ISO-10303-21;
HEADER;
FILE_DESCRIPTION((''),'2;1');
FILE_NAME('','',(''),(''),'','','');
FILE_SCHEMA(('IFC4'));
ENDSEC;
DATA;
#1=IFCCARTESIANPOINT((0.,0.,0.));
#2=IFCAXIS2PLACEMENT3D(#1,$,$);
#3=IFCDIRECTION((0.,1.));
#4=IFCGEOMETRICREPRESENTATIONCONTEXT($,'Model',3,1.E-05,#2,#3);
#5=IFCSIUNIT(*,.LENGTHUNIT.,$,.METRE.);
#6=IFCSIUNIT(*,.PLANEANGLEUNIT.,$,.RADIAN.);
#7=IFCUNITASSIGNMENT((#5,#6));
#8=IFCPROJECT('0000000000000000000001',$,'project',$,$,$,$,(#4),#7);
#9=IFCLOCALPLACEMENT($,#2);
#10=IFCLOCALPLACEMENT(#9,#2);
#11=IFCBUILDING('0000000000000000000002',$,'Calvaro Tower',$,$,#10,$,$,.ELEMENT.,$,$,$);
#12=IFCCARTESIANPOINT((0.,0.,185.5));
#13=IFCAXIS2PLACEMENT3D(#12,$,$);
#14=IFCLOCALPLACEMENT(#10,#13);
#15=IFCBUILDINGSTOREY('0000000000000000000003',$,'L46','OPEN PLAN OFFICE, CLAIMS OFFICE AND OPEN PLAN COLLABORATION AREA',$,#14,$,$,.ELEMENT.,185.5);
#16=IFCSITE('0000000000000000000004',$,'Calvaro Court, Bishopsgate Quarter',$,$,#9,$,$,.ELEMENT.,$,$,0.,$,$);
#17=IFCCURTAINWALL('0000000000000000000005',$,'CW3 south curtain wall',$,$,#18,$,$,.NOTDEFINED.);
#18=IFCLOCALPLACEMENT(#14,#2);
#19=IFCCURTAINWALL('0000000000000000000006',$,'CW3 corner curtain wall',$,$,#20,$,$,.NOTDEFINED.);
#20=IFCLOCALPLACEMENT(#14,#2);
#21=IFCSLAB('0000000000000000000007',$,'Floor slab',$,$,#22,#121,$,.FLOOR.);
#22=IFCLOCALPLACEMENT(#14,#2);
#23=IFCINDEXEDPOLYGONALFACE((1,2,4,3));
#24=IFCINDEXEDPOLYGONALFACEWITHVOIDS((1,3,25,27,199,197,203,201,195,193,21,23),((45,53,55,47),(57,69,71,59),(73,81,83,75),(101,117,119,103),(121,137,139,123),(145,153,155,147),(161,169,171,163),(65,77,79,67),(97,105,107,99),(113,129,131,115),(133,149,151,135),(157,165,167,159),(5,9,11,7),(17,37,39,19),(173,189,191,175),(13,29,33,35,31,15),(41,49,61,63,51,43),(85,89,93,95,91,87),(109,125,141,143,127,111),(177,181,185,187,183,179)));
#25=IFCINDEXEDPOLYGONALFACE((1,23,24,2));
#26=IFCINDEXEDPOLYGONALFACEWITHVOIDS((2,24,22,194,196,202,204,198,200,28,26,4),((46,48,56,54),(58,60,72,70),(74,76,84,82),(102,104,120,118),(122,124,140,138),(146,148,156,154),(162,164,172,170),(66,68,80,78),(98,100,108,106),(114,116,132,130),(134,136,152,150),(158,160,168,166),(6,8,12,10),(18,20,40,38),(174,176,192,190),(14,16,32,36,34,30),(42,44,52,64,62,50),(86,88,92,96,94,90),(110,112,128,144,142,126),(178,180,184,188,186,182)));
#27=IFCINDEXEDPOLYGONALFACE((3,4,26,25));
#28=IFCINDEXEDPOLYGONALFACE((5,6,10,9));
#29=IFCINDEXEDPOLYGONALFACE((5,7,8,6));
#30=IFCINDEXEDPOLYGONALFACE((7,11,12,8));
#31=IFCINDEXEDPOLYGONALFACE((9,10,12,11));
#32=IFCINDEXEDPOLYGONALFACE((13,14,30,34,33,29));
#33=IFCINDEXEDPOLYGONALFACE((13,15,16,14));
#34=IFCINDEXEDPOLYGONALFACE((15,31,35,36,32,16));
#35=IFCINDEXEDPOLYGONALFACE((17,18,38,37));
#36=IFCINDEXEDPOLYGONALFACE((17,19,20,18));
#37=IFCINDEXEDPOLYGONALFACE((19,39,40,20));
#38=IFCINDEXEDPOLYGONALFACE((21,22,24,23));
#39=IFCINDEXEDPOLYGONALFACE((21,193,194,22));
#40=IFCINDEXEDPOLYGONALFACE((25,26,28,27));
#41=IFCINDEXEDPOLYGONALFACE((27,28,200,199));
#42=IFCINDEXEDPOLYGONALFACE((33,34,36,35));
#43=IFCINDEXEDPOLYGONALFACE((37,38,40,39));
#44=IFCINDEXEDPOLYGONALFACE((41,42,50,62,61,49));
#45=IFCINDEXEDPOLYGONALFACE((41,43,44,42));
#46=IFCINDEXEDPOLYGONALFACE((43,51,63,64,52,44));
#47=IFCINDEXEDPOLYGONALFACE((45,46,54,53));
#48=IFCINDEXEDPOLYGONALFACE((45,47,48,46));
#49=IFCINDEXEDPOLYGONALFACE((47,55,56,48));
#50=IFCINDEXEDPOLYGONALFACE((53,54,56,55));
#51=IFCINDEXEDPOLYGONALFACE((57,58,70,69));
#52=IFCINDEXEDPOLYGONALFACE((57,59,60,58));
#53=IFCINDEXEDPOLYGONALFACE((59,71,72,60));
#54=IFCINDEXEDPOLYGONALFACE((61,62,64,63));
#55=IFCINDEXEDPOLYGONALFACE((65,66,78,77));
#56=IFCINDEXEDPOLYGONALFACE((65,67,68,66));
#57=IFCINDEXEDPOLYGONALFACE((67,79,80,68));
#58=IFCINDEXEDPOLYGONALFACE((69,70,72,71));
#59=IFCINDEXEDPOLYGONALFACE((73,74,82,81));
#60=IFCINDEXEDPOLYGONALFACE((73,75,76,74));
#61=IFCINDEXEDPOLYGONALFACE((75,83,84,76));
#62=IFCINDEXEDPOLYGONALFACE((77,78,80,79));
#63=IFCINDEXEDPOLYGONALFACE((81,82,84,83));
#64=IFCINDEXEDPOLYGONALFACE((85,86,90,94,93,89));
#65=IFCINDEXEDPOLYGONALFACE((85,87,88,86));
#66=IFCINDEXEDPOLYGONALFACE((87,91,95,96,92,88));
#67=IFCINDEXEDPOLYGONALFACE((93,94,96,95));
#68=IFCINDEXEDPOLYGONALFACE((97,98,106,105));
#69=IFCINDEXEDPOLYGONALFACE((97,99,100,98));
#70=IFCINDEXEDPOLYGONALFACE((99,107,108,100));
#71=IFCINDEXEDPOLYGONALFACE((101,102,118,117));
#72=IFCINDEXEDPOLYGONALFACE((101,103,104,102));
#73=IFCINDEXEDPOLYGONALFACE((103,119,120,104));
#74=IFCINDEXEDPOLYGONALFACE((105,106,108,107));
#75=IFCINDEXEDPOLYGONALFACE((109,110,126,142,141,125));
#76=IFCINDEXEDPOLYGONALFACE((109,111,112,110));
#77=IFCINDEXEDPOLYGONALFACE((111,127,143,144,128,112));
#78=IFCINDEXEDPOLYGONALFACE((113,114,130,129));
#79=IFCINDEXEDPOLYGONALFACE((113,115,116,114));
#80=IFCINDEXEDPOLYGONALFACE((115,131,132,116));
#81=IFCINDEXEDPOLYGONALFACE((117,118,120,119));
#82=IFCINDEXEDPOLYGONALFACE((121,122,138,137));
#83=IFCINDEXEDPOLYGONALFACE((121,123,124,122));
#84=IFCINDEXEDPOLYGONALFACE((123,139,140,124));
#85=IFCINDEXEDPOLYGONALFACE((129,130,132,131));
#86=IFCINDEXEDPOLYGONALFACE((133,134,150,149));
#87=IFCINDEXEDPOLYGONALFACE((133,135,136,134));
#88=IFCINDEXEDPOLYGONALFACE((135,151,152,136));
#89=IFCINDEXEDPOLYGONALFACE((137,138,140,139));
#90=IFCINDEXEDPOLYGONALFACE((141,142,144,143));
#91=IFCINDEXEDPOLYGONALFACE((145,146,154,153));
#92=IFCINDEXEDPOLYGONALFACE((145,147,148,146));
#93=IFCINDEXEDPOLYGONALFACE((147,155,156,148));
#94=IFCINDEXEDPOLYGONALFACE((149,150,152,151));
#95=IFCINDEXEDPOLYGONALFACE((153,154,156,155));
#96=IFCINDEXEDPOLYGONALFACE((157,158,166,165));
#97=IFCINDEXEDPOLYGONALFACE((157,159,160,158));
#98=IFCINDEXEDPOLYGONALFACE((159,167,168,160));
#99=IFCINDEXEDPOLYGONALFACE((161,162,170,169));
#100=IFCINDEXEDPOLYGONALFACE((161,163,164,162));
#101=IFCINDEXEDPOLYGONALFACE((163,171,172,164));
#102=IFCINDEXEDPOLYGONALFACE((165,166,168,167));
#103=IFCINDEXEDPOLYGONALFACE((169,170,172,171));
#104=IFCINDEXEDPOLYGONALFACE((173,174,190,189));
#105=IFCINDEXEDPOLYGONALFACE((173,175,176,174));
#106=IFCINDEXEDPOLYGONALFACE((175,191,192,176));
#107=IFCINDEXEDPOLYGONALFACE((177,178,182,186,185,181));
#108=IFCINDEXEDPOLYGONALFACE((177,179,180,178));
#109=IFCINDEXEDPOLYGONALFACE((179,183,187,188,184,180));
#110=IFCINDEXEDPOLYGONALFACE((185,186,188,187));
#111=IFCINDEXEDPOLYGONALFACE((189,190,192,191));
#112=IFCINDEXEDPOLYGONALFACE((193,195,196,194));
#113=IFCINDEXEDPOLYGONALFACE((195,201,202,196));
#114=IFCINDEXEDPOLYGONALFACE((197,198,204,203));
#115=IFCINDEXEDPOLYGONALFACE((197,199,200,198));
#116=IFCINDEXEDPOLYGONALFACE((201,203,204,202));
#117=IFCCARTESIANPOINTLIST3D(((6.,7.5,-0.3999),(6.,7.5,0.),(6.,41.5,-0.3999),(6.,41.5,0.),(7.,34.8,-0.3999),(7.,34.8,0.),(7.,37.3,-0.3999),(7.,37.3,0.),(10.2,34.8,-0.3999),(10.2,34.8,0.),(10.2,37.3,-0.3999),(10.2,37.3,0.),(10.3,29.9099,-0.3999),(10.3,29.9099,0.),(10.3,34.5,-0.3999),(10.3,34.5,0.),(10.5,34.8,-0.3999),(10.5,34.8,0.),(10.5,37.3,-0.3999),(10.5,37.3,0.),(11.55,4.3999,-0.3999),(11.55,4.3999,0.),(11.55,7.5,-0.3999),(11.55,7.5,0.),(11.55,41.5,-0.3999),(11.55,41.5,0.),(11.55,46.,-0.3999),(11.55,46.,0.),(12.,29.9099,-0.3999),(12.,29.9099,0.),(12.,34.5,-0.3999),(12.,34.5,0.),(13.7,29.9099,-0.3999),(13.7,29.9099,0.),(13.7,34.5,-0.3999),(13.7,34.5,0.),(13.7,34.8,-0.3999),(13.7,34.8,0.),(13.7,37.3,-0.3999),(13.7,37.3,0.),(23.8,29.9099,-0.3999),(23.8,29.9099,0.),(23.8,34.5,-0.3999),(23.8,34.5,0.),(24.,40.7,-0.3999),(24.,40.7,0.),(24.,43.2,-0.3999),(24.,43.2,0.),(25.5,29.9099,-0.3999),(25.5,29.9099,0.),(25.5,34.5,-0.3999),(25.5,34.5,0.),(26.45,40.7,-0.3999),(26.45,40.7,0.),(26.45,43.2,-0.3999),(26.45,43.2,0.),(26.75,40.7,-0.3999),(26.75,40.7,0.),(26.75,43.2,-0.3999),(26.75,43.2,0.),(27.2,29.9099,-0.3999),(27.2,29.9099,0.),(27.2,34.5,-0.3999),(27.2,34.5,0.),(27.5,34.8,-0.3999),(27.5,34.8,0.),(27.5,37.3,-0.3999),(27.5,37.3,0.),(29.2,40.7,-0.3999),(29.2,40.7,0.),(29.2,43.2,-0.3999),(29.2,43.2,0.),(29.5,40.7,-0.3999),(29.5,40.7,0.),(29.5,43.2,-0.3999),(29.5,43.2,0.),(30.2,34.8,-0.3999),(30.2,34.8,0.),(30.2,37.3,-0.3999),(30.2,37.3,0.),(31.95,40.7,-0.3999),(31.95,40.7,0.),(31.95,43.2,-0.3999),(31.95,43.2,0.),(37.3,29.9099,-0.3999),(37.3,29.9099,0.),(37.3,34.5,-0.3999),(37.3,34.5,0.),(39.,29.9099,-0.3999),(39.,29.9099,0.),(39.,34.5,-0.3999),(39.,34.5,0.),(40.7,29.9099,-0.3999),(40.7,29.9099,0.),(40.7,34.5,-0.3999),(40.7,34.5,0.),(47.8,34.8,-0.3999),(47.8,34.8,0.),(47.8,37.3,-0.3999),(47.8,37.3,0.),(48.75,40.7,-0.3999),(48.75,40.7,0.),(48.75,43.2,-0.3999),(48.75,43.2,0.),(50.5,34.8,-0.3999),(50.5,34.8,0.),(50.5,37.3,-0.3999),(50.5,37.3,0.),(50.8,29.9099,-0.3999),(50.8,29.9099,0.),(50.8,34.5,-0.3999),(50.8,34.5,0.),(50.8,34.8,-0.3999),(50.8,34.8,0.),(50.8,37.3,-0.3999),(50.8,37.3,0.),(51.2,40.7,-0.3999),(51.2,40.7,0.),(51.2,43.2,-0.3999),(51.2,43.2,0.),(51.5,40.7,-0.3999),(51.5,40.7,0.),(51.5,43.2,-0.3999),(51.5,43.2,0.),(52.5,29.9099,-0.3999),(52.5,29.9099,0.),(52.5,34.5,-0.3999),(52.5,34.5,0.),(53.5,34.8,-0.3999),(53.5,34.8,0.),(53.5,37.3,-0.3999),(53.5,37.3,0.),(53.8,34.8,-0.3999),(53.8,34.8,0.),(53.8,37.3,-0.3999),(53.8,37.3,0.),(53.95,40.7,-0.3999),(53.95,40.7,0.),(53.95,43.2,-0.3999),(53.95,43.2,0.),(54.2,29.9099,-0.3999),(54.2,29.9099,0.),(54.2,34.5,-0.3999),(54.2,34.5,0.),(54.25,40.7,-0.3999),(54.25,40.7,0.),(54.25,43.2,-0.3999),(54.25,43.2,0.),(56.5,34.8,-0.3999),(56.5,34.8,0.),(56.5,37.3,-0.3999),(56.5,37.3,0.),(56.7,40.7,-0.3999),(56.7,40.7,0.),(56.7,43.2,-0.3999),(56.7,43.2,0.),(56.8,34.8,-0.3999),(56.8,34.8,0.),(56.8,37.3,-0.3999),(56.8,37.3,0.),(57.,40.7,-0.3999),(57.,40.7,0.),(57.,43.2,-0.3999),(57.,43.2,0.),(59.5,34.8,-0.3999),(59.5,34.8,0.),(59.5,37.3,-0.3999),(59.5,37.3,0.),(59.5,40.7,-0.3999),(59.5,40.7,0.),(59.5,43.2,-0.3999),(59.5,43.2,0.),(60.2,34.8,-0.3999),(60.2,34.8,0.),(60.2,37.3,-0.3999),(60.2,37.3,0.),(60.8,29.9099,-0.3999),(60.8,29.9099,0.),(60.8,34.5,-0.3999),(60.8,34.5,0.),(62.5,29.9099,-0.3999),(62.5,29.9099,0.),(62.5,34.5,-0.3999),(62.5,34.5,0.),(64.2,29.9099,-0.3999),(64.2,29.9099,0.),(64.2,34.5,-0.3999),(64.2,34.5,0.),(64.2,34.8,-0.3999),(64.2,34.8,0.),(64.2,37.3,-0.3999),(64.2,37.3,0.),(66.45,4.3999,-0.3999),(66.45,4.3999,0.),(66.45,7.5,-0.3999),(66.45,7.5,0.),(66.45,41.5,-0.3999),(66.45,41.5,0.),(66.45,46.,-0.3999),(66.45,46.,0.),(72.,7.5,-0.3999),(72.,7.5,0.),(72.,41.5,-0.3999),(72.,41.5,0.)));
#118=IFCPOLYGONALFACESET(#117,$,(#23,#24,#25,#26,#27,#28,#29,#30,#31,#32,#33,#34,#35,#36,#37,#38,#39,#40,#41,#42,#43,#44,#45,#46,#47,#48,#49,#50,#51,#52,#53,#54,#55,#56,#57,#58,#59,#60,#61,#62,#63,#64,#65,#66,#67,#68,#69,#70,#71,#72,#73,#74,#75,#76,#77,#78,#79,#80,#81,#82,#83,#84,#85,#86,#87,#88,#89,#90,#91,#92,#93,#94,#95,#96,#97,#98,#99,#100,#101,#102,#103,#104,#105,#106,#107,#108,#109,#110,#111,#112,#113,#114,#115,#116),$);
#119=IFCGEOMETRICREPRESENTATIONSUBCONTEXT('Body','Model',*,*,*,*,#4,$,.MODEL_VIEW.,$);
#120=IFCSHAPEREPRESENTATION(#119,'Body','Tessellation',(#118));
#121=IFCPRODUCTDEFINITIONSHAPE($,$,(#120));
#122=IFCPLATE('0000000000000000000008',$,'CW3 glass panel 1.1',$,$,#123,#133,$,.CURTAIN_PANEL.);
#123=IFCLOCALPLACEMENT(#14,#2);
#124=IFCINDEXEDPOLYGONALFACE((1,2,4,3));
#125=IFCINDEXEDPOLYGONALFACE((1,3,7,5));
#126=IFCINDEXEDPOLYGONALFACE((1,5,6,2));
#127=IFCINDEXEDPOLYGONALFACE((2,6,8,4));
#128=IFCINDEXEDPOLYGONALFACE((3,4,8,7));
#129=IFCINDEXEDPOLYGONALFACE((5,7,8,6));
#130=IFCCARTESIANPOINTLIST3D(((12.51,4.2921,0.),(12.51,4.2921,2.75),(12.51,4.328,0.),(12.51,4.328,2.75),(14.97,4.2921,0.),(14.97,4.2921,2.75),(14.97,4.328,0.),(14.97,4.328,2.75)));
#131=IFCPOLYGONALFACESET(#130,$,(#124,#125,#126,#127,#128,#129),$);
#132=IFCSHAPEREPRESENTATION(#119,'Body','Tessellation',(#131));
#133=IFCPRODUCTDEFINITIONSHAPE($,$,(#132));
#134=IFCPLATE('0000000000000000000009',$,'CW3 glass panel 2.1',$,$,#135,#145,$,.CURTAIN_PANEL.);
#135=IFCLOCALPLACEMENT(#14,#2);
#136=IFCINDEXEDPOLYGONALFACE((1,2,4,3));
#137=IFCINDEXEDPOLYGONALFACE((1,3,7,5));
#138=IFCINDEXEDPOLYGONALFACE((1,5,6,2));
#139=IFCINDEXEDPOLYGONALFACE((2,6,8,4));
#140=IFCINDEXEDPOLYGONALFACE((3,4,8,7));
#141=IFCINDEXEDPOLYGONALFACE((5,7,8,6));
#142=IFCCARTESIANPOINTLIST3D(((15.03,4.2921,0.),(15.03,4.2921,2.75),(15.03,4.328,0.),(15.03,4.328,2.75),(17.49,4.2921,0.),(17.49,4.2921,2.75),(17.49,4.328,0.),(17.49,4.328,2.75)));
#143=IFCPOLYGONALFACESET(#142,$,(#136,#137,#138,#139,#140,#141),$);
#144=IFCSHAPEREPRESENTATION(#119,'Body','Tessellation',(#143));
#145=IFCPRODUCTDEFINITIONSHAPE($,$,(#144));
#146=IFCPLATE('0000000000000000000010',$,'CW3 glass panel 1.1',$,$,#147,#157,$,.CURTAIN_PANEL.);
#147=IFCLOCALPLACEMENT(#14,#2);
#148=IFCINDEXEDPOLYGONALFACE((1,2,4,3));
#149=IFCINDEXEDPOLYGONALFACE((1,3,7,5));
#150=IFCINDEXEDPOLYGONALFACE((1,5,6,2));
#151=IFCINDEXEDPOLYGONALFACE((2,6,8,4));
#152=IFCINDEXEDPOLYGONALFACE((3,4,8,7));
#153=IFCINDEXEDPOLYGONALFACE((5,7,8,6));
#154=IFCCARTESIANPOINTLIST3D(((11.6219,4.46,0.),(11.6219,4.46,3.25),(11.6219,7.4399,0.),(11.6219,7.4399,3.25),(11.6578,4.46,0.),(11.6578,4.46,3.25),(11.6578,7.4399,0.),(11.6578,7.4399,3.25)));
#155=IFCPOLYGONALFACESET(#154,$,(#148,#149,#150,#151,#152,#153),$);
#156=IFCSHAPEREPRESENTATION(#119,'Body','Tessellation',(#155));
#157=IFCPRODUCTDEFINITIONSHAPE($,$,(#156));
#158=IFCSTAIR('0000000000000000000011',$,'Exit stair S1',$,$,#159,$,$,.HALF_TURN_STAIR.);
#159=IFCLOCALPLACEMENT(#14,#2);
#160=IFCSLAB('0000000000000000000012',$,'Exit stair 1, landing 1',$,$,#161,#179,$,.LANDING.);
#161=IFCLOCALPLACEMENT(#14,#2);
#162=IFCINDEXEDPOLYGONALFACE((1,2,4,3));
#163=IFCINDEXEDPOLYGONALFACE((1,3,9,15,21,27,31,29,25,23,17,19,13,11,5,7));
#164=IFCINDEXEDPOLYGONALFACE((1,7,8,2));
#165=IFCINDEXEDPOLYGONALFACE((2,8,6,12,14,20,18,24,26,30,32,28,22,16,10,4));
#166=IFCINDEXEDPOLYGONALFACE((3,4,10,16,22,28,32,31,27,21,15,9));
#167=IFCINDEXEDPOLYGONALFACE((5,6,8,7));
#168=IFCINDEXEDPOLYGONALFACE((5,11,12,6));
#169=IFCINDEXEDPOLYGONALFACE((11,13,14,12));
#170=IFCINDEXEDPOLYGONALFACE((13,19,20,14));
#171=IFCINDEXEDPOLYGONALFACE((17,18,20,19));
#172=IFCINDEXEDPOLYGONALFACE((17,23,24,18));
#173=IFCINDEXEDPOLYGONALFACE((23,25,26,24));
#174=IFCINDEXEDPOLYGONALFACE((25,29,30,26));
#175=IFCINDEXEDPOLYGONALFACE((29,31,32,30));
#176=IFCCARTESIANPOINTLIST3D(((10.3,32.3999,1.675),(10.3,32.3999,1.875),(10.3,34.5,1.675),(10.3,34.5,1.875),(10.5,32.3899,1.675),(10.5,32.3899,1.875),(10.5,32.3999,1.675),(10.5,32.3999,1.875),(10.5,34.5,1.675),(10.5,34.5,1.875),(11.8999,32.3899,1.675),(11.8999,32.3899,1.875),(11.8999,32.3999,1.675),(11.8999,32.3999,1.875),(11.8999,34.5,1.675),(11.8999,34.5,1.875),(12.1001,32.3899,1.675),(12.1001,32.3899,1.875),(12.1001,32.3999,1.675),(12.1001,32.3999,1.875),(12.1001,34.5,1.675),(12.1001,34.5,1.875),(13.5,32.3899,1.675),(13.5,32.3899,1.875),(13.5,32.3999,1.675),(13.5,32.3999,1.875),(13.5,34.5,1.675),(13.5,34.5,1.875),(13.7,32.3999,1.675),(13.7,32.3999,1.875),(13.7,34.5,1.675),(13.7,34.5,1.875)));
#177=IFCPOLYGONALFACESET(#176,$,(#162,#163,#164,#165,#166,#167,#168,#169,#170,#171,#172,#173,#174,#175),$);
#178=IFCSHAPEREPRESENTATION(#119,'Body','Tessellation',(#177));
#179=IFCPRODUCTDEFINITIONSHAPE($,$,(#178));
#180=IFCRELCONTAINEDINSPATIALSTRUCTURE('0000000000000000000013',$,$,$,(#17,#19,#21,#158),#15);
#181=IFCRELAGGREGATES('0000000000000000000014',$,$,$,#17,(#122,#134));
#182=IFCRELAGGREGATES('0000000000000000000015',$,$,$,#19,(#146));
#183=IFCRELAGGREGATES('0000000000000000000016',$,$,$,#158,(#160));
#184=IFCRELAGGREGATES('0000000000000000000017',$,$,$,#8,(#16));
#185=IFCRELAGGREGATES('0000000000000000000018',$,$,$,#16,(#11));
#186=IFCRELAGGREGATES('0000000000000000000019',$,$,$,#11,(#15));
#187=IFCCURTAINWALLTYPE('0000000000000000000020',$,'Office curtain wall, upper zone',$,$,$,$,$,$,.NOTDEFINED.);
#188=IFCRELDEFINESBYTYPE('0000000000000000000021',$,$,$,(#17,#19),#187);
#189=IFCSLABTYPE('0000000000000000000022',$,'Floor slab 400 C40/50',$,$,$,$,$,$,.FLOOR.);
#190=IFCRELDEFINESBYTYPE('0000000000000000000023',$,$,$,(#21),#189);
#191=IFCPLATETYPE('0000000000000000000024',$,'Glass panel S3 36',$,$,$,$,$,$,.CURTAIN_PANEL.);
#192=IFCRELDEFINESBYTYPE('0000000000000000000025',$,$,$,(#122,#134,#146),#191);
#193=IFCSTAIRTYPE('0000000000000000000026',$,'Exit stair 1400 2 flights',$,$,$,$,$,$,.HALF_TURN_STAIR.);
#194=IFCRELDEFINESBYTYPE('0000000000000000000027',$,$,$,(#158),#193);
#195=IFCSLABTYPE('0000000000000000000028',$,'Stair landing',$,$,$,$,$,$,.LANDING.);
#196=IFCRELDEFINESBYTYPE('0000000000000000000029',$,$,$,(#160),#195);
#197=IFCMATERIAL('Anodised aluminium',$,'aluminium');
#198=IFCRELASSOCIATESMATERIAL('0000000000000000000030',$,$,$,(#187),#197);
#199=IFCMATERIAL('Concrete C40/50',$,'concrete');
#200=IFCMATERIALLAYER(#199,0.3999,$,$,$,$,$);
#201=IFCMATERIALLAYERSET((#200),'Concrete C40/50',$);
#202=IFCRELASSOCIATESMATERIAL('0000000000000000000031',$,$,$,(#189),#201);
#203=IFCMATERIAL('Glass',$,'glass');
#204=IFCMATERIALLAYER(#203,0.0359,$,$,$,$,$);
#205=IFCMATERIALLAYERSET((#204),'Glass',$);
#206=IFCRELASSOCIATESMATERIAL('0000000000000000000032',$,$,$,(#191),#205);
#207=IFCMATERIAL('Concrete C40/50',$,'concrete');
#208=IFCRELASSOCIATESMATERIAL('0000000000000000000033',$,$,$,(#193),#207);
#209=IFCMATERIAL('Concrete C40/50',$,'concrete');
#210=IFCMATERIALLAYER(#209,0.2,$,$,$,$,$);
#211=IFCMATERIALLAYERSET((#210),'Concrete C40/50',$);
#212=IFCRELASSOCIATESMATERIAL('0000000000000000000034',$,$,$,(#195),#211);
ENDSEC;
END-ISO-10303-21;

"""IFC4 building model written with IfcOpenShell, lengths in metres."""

from ifc_helpers import new_model, si_unit, direction, frame, origin, origin_2d, place, context, subcontext, project, spatial, polyline, rectangle, outline, extrude, material, layer, layer_set, type_object, element, aggregate, save


model = new_model("IFC4")

# Units and contexts
model_context = context("Model", 3, precision=1e-05, world=origin(), true_north=direction((0.0, 1.0)))
body_context = subcontext(model_context, "Body", "Model", "MODEL_VIEW")
ifc_project = project(units=[si_unit("LENGTHUNIT", "METRE"), si_unit("PLANEANGLEUNIT", "RADIAN")], contexts=[model_context])

# Site, building, storey
site_placement = place(None, origin())
site = spatial("IfcSite", under=ifc_project, at=site_placement, Name="Calvaro Court, Bishopsgate Quarter", CompositionType="ELEMENT", RefElevation=0.0)
building_placement = place(site_placement, origin())
building = spatial("IfcBuilding", under=site, at=building_placement, Name="Calvaro Tower", CompositionType="ELEMENT")
storey_placement = place(building_placement, frame((0.0, 0.0, 185.5)))
storey = spatial("IfcBuildingStorey", under=building, at=storey_placement, Name="L46", Description="OPEN PLAN OFFICE, CLAIMS OFFICE AND OPEN PLAN COLLABORATION AREA", CompositionType="ELEMENT", Elevation=185.5)

# Curtain walls
ifc_material_1 = material(Name="Anodised aluminium", Category="aluminium")
curtain_wall_type = type_object("IfcCurtainWallType", Name="Office curtain wall, upper zone", PredefinedType="NOTDEFINED", material=ifc_material_1)
curtain_wall_1_placement = place(storey_placement, origin())
curtain_wall_1 = element("IfcCurtainWall", 1, at=curtain_wall_1_placement, inside=storey, type_object=curtain_wall_type, Name="CW3 south curtain wall", PredefinedType="NOTDEFINED")
curtain_wall_2_placement = place(storey_placement, origin())
curtain_wall_2 = element("IfcCurtainWall", 2, at=curtain_wall_2_placement, inside=storey, type_object=curtain_wall_type, Name="CW3 corner curtain wall", PredefinedType="NOTDEFINED")

# Slab
ifc_material_2 = material(Name="Concrete C40/50", Category="concrete")
ifc_layer_1 = layer(ifc_material_2, 0.3999)
ifc_layer_set_1 = layer_set([ifc_layer_1], Name="Concrete C40/50")
slab_type_1 = type_object("IfcSlabType", Name="Floor slab 400 C40/50", PredefinedType="FLOOR", material=ifc_layer_set_1)
slab_1_placement = place(storey_placement, frame((0.0, 0.0, -0.3999)))
element("IfcSlab", 3, at=slab_1_placement, inside=storey, type_object=slab_type_1, Name="Floor slab", PredefinedType="FLOOR", context=body_context, shape_type="SweptSolid", body=[
    extrude(outline(polyline([(66.45, 7.5), (66.45, 4.3999), (11.55, 4.3999), (11.55, 7.5), (6.0, 7.5), (6.0, 41.5), (11.55, 41.5), (11.55, 46.0), (66.45, 46.0), (66.45, 41.5), (72.0, 41.5), (72.0, 7.5), (66.45, 7.5)]), holes=[polyline([(10.3, 29.9099), (10.3, 34.5), (12.0, 34.5), (13.7, 34.5), (13.7, 29.9099), (12.0, 29.9099), (10.3, 29.9099)]), polyline([(23.8, 29.9099), (23.8, 34.5), (25.5, 34.5), (27.2, 34.5), (27.2, 29.9099), (25.5, 29.9099), (23.8, 29.9099)]), polyline([(37.3, 29.9099), (37.3, 34.5), (39.0, 34.5), (40.7, 34.5), (40.7, 29.9099), (39.0, 29.9099), (37.3, 29.9099)]), polyline([(50.8, 29.9099), (50.8, 34.5), (52.5, 34.5), (54.2, 34.5), (54.2, 29.9099), (52.5, 29.9099), (50.8, 29.9099)]), polyline([(60.8, 29.9099), (60.8, 34.5), (62.5, 34.5), (64.2, 34.5), (64.2, 29.9099), (62.5, 29.9099), (60.8, 29.9099)]), polyline([(50.8, 34.8), (53.5, 34.8), (53.5, 37.3), (50.8, 37.3), (50.8, 34.8)]), polyline([(53.8, 34.8), (56.5, 34.8), (56.5, 37.3), (53.8, 37.3), (53.8, 34.8)]), polyline([(56.8, 34.8), (59.5, 34.8), (59.5, 37.3), (56.8, 37.3), (56.8, 34.8)]), polyline([(24.0, 40.7), (26.45, 40.7), (26.45, 43.2), (24.0, 43.2), (24.0, 40.7)]), polyline([(26.75, 40.7), (29.2, 40.7), (29.2, 43.2), (26.75, 43.2), (26.75, 40.7)]), polyline([(29.5, 40.7), (31.95, 40.7), (31.95, 43.2), (29.5, 43.2), (29.5, 40.7)]), polyline([(48.75, 40.7), (51.2, 40.7), (51.2, 43.2), (48.75, 43.2), (48.75, 40.7)]), polyline([(51.5, 40.7), (53.95, 40.7), (53.95, 43.2), (51.5, 43.2), (51.5, 40.7)]), polyline([(54.25, 40.7), (56.7, 40.7), (56.7, 43.2), (54.25, 43.2), (54.25, 40.7)]), polyline([(57.0, 40.7), (59.5, 40.7), (59.5, 43.2), (57.0, 43.2), (57.0, 40.7)]), polyline([(7.0, 34.8), (10.2, 34.8), (10.2, 37.3), (7.0, 37.3), (7.0, 34.8)]), polyline([(10.5, 34.8), (13.7, 34.8), (13.7, 37.3), (10.5, 37.3), (10.5, 34.8)]), polyline([(60.2, 34.8), (64.2, 34.8), (64.2, 37.3), (60.2, 37.3), (60.2, 34.8)]), polyline([(27.5, 34.8), (30.2, 34.8), (30.2, 37.3), (27.5, 37.3), (27.5, 34.8)]), polyline([(47.8, 34.8), (50.5, 34.8), (50.5, 37.3), (47.8, 37.3), (47.8, 34.8)])]), origin(), (0.0, 0.0, 1.0), 0.3999),
])

# Plates
ifc_material_3 = material(Name="Glass", Category="glass")
ifc_layer_2 = layer(ifc_material_3, 0.0359)
ifc_layer_set_2 = layer_set([ifc_layer_2], Name="Glass")
plate_type = type_object("IfcPlateType", Name="Glass panel S3 36", PredefinedType="CURTAIN_PANEL", material=ifc_layer_set_2)
plate_1_placement = place(storey_placement, frame((13.74, 4.3101, 0.0), z_axis=(0.0, 0.0, 1.0), x_axis=(1.0, 0.0, 0.0)))
plate_1 = element("IfcPlate", 4, at=plate_1_placement, type_object=plate_type, Name="CW3 glass panel 1.1", PredefinedType="CURTAIN_PANEL", context=body_context, shape_type="SweptSolid", body=[
    extrude(rectangle(XDim=2.46, YDim=0.0359, at=origin_2d()), origin(), (0.0, 0.0, 1.0), 2.75),
])
plate_2_placement = place(storey_placement, frame((16.26, 4.3101, 0.0), z_axis=(0.0, 0.0, 1.0), x_axis=(1.0, 0.0, 0.0)))
plate_2 = element("IfcPlate", 5, at=plate_2_placement, type_object=plate_type, Name="CW3 glass panel 2.1", PredefinedType="CURTAIN_PANEL", context=body_context, shape_type="SweptSolid", body=[
    extrude(rectangle(XDim=2.46, YDim=0.0359, at=origin_2d()), origin(), (0.0, 0.0, 1.0), 2.75),
])
aggregate(curtain_wall_1, [plate_1, plate_2])
plate_3_placement = place(storey_placement, frame((11.6399, 5.95, 0.0), z_axis=(0.0, 0.0, 1.0), x_axis=(0.0, 1.0, 0.0)))
plate_3 = element("IfcPlate", 6, at=plate_3_placement, type_object=plate_type, Name="CW3 glass panel 1.1", PredefinedType="CURTAIN_PANEL", context=body_context, shape_type="SweptSolid", body=[
    extrude(rectangle(XDim=2.98, YDim=0.0359, at=origin_2d()), origin(), (0.0, 0.0, 1.0), 3.25),
])
aggregate(curtain_wall_2, [plate_3])

# Stair, slab
ifc_material_4 = material(Name="Concrete C40/50", Category="concrete")
stair_type = type_object("IfcStairType", Name="Exit stair 1400 2 flights", PredefinedType="HALF_TURN_STAIR", material=ifc_material_4)
stair_1_placement = place(storey_placement, origin())
stair_1 = element("IfcStair", 7, at=stair_1_placement, inside=storey, type_object=stair_type, Name="Exit stair S1", PredefinedType="HALF_TURN_STAIR")
ifc_material_5 = material(Name="Concrete C40/50", Category="concrete")
ifc_layer_3 = layer(ifc_material_5, 0.2)
ifc_layer_set_3 = layer_set([ifc_layer_3], Name="Concrete C40/50")
slab_type_2 = type_object("IfcSlabType", Name="Stair landing", PredefinedType="LANDING", material=ifc_layer_set_3)
slab_2_placement = place(storey_placement, frame((0.0, 0.0, 1.675)))
slab_2 = element("IfcSlab", 8, at=slab_2_placement, type_object=slab_type_2, Name="Exit stair 1, landing 1", PredefinedType="LANDING", context=body_context, shape_type="SweptSolid", body=[
    extrude(outline(polyline([(11.8999, 32.3899), (10.5, 32.3899), (10.5, 32.3999), (10.3, 32.3999), (10.3, 34.5), (10.5, 34.5), (11.8999, 34.5), (12.1001, 34.5), (13.5, 34.5), (13.7, 34.5), (13.7, 32.3999), (13.5, 32.3999), (13.5, 32.3899), (12.1001, 32.3899), (12.1001, 32.3999), (11.8999, 32.3999), (11.8999, 32.3899)])), origin(), (0.0, 0.0, 1.0), 0.2),
])
aggregate(stair_1, [slab_2])

save(model, "model.ifc")
